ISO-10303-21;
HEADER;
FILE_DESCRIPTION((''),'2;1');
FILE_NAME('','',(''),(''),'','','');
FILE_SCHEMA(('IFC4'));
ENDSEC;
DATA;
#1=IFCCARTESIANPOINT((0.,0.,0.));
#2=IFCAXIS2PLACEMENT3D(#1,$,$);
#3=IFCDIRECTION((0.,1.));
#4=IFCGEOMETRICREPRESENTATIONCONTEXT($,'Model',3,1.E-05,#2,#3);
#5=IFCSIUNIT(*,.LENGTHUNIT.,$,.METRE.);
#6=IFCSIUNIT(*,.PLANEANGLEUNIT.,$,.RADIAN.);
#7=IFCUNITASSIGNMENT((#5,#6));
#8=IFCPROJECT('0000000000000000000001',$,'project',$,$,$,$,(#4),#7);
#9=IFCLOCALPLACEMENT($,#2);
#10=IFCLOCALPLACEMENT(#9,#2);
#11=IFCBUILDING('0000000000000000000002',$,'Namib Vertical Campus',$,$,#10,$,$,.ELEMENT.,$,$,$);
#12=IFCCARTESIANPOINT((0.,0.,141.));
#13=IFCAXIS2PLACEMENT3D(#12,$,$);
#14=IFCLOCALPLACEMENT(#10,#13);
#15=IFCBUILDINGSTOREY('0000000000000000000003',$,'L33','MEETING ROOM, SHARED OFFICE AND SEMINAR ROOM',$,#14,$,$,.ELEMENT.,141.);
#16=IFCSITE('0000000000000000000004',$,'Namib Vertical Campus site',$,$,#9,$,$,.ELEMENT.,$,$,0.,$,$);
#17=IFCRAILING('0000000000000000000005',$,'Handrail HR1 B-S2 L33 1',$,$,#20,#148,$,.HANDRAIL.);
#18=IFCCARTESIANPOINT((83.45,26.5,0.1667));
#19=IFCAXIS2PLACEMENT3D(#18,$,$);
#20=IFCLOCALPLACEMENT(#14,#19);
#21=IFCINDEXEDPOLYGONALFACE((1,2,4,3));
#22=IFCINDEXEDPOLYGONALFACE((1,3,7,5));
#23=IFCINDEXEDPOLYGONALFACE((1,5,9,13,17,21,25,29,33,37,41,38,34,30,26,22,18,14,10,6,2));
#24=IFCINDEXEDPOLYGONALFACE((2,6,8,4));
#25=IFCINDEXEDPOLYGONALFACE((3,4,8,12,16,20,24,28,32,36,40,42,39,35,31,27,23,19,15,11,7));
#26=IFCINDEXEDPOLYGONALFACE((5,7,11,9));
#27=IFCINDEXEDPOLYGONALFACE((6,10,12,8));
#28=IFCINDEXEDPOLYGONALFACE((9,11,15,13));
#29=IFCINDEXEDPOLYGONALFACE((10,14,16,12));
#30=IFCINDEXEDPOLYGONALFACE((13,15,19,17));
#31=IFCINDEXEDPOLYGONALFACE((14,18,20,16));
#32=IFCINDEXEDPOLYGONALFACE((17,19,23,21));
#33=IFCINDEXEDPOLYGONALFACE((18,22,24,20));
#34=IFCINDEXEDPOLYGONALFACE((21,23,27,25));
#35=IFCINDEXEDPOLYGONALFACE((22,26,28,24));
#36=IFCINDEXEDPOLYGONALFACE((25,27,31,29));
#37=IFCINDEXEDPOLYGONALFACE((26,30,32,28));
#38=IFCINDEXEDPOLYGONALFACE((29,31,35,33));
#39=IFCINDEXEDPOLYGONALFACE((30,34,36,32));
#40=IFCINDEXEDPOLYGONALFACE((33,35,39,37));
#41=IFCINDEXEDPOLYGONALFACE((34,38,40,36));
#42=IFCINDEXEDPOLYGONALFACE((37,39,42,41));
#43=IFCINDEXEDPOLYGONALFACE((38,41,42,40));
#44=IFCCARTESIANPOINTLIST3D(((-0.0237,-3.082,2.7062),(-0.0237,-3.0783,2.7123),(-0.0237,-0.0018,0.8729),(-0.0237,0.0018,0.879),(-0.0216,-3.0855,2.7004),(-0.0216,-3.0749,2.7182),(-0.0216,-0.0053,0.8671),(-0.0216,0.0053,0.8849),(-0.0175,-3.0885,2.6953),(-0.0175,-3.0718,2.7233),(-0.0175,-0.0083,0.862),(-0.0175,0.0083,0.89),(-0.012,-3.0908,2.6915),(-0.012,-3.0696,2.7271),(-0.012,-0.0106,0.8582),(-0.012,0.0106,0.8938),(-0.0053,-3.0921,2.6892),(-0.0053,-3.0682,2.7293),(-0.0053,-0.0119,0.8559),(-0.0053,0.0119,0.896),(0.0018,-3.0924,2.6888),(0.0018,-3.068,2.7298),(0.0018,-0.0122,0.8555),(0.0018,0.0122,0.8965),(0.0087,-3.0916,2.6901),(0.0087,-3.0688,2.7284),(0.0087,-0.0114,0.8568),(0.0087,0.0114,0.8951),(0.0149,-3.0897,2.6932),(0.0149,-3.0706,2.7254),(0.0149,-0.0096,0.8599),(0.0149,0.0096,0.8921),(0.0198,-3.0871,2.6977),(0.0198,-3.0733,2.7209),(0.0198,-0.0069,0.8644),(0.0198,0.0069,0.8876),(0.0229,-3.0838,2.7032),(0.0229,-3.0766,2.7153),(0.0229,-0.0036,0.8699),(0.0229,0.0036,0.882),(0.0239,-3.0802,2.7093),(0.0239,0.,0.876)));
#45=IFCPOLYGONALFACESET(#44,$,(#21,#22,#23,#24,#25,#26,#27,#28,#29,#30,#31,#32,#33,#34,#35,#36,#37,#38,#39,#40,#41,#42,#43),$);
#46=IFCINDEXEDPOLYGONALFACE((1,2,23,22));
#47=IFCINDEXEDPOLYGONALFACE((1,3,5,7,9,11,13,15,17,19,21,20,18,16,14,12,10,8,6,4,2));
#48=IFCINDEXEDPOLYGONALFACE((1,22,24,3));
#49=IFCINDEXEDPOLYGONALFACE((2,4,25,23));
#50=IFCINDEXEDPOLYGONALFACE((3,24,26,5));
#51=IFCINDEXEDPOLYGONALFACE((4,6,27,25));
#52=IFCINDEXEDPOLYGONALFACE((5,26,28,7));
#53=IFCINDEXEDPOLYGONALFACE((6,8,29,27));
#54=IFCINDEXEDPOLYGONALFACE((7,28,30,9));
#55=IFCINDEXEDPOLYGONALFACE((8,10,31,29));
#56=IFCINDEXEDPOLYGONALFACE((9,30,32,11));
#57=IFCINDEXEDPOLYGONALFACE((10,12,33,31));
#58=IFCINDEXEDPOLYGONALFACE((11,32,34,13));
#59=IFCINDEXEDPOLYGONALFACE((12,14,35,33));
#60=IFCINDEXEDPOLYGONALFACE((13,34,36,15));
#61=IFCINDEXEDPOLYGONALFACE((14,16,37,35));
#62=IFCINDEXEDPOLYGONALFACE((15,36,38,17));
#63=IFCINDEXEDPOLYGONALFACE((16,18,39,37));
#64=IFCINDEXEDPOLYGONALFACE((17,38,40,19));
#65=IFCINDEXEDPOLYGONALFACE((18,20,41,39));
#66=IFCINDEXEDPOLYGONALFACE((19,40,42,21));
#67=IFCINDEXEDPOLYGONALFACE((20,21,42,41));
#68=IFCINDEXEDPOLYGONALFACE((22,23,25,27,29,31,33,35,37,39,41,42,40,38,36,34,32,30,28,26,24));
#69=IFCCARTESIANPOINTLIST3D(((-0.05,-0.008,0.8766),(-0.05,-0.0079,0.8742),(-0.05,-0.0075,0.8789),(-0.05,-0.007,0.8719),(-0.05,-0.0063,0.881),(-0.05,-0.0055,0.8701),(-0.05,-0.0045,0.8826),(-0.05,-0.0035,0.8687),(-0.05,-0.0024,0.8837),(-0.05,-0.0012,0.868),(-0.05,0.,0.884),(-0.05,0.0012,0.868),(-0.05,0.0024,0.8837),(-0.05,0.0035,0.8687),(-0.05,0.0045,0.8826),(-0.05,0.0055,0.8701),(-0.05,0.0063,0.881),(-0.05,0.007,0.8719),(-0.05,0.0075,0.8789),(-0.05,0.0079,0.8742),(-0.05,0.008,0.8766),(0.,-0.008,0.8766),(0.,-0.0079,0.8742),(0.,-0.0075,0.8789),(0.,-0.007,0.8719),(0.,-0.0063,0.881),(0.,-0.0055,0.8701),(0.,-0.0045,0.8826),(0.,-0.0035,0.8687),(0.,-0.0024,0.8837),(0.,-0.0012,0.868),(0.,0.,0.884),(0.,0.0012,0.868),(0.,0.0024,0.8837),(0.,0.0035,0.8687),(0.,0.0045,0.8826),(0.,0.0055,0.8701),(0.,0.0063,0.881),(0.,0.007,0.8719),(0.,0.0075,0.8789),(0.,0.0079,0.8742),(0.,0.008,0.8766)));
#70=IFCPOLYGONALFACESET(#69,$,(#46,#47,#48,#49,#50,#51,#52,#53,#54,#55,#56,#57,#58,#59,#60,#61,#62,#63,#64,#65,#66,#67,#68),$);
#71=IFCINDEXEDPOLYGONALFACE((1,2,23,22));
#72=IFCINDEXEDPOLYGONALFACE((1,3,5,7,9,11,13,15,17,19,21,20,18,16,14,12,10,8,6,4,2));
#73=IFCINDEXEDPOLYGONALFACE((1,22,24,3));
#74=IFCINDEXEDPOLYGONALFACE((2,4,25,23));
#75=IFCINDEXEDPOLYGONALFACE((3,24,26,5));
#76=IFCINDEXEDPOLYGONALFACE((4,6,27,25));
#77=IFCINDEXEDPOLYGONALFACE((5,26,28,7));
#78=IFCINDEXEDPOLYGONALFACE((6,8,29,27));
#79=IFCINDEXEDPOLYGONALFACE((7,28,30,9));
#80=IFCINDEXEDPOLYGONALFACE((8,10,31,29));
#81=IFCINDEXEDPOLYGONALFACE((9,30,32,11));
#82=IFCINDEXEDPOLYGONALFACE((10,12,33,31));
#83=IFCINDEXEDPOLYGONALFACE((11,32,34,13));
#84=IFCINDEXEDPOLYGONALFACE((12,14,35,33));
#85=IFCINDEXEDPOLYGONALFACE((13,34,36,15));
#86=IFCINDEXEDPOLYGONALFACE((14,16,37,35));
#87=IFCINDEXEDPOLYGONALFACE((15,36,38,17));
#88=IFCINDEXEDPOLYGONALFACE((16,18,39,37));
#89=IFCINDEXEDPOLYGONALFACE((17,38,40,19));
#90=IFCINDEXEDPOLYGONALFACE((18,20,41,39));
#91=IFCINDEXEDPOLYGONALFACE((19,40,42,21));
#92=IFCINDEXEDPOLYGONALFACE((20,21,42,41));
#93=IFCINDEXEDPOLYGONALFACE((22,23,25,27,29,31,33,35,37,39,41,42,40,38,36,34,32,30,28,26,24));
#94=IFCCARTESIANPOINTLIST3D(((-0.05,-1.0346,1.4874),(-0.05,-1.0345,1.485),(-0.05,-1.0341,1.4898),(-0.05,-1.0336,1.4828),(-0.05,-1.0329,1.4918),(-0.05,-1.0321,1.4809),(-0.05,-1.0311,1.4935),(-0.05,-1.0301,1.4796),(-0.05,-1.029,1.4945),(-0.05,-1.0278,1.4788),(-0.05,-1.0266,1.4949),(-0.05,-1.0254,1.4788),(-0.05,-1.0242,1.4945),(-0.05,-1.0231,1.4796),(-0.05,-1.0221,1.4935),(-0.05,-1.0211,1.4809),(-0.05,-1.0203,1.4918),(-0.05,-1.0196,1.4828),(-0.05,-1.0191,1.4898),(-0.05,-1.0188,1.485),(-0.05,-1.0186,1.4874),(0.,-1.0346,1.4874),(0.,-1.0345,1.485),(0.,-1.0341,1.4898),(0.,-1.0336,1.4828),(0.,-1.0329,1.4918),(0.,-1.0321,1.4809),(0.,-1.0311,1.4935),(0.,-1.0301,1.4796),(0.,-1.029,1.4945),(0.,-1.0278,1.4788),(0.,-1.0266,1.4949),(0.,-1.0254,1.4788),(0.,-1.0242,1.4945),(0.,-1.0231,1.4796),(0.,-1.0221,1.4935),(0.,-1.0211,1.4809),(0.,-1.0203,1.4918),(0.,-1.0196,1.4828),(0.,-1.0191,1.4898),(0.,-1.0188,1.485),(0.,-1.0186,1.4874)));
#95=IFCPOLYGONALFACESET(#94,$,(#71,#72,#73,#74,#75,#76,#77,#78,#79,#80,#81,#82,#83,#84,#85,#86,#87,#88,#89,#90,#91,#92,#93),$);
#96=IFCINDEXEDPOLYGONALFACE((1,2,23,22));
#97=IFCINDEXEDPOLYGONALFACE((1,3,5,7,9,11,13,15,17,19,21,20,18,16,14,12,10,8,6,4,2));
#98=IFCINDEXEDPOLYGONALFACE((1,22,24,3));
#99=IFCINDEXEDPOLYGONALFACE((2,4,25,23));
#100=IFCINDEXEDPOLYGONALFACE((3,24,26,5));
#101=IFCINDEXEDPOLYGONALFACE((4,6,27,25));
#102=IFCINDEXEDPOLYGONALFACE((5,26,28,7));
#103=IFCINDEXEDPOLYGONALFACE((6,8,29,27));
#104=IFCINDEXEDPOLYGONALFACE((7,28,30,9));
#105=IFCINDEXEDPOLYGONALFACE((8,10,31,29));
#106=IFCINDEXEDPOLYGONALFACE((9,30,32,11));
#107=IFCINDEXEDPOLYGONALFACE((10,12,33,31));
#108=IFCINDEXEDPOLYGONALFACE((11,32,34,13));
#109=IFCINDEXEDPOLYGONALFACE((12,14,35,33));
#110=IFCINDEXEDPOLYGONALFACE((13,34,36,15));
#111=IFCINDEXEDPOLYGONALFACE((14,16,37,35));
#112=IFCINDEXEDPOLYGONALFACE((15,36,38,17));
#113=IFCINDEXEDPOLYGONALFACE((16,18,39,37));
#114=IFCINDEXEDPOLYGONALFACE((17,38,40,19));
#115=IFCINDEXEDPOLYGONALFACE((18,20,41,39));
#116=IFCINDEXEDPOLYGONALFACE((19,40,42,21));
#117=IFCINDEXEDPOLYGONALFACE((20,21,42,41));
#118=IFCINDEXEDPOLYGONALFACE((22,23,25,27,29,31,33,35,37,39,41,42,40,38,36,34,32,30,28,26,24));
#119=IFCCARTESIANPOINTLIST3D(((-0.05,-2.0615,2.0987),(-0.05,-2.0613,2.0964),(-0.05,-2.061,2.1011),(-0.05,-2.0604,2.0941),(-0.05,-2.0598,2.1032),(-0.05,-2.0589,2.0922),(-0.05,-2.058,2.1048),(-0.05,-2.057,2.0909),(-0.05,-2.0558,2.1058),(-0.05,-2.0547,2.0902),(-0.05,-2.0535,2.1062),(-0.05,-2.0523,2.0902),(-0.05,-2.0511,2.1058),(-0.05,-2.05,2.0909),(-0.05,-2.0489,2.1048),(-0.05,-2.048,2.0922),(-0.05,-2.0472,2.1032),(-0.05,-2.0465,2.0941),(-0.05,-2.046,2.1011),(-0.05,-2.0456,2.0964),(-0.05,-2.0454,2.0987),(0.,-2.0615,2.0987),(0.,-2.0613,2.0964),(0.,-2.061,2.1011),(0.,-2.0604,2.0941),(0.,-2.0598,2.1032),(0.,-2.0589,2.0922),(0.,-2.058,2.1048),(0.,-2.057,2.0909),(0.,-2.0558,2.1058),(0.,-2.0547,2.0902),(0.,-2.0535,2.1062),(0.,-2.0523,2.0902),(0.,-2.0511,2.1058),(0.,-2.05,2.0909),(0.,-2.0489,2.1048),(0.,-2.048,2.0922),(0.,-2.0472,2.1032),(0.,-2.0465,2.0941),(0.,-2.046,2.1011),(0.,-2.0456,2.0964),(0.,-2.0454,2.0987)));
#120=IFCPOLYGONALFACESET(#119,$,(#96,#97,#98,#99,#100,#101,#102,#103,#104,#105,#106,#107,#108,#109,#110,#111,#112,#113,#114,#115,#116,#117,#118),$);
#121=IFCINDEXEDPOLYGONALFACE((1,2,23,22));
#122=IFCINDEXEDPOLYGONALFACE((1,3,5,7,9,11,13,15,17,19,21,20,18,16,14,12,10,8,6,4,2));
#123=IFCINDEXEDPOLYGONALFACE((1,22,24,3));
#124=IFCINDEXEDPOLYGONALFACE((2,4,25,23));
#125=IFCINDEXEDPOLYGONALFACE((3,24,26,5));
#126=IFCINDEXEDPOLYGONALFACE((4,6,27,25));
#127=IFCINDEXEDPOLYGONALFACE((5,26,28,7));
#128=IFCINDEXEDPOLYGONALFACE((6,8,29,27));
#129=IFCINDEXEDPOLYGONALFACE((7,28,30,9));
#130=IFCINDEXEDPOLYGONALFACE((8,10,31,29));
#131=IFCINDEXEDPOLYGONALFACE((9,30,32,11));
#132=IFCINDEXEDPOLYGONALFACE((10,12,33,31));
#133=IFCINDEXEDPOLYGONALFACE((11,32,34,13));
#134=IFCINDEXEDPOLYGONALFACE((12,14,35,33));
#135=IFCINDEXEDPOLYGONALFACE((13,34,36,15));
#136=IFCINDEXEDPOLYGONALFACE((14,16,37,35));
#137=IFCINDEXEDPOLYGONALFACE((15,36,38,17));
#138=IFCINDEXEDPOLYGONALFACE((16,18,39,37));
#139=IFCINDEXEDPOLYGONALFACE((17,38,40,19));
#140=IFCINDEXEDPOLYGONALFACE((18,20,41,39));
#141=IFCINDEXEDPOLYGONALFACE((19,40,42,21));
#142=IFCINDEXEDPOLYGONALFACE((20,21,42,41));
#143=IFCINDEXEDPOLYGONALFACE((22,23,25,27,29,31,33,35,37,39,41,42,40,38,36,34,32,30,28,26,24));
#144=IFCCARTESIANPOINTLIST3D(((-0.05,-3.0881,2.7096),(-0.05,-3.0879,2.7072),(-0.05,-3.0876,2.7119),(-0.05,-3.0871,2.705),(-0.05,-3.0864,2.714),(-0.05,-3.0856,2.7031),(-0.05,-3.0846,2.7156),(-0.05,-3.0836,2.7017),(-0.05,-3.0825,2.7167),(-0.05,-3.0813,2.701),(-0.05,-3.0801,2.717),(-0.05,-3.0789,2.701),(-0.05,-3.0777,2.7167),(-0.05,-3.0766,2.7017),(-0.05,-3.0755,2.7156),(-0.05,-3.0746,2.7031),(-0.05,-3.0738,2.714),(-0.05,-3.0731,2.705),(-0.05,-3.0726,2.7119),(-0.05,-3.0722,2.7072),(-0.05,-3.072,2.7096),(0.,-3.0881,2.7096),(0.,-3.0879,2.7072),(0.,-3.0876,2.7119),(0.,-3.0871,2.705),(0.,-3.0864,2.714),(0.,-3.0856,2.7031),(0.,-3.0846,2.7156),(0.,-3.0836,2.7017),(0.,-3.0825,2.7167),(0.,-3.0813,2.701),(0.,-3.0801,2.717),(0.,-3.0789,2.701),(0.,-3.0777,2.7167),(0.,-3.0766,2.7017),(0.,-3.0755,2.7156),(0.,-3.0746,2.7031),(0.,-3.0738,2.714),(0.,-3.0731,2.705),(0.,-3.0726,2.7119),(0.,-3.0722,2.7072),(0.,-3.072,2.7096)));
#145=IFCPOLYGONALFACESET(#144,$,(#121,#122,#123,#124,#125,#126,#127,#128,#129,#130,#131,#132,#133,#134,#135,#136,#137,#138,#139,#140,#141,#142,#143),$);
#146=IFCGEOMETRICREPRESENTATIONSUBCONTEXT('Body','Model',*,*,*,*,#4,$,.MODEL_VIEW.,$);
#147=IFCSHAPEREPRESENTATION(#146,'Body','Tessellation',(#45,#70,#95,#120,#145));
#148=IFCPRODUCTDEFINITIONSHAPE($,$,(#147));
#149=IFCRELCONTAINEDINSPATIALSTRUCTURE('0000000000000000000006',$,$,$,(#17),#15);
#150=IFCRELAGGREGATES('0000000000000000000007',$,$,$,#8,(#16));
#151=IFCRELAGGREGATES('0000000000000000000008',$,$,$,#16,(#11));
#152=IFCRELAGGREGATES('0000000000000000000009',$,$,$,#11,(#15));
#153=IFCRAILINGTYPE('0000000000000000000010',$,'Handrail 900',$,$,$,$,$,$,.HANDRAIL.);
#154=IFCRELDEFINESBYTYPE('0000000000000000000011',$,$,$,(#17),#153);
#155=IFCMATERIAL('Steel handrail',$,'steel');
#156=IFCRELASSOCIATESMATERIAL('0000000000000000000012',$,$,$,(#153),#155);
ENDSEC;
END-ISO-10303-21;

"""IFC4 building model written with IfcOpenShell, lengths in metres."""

from ifc_helpers import new_model, si_unit, direction, frame, origin, origin_2d, place, context, subcontext, project, spatial, circle, extrude, material, type_object, element, save


model = new_model("IFC4")

# Units and contexts
model_context = context("Model", 3, precision=1e-05, world=origin(), true_north=direction((0.0, 1.0)))
body_context = subcontext(model_context, "Body", "Model", "MODEL_VIEW")
ifc_project = project(units=[si_unit("LENGTHUNIT", "METRE"), si_unit("PLANEANGLEUNIT", "RADIAN")], contexts=[model_context])

# Site, building, storey
site_placement = place(None, origin())
site = spatial("IfcSite", under=ifc_project, at=site_placement, Name="Namib Vertical Campus site", CompositionType="ELEMENT", RefElevation=0.0)
building_placement = place(site_placement, origin())
building = spatial("IfcBuilding", under=site, at=building_placement, Name="Namib Vertical Campus", CompositionType="ELEMENT")
storey_placement = place(building_placement, frame((0.0, 0.0, 141.0)))
storey = spatial("IfcBuildingStorey", under=building, at=storey_placement, Name="L33", Description="MEETING ROOM, SHARED OFFICE AND SEMINAR ROOM", CompositionType="ELEMENT", Elevation=141.0)

# Railing
ifc_material_1 = material(Name="Steel handrail", Category="steel")
railing_type_1 = type_object("IfcRailingType", Name="Handrail 900", PredefinedType="HANDRAIL", material=ifc_material_1)
railing_1_placement = place(storey_placement, frame((83.45, 26.5, 0.1667)))
element("IfcRailing", 1, at=railing_1_placement, inside=storey, type_object=railing_type_1, Name="Handrail HR1 B-S2 L33 1", PredefinedType="HANDRAIL", context=body_context, shape_type="SweptSolid", body=[
    extrude(circle(Radius=0.0239, at=origin_2d()), frame((0.0, 0.0, 0.876), z_axis=(0.0, -0.859309, 0.511458), x_axis=(1.0, 0.0, 0.0)), (0.0, 0.0, 1.0), 3.5845),
    extrude(circle(Radius=0.0081, at=origin_2d()), frame((0.0, 0.0, 0.876), z_axis=(-1.0, 0.0, 0.0), x_axis=(0.0, 0.0, 1.0)), (0.0, 0.0, 1.0), 0.05),
    extrude(circle(Radius=0.0081, at=origin_2d()), frame((0.0, -1.0266, 1.4868), z_axis=(-1.0, 0.0, 0.0), x_axis=(0.0, 0.0, 1.0)), (0.0, 0.0, 1.0), 0.05),
    extrude(circle(Radius=0.0081, at=origin_2d()), frame((0.0, -2.0535, 2.0981), z_axis=(-1.0, 0.0, 0.0), x_axis=(0.0, 0.0, 1.0)), (0.0, 0.0, 1.0), 0.05),
    extrude(circle(Radius=0.0081, at=origin_2d()), frame((0.0, -3.0801, 2.709), z_axis=(-1.0, 0.0, 0.0), x_axis=(0.0, 0.0, 1.0)), (0.0, 0.0, 1.0), 0.05),
])

save(model, "model.ifc")
